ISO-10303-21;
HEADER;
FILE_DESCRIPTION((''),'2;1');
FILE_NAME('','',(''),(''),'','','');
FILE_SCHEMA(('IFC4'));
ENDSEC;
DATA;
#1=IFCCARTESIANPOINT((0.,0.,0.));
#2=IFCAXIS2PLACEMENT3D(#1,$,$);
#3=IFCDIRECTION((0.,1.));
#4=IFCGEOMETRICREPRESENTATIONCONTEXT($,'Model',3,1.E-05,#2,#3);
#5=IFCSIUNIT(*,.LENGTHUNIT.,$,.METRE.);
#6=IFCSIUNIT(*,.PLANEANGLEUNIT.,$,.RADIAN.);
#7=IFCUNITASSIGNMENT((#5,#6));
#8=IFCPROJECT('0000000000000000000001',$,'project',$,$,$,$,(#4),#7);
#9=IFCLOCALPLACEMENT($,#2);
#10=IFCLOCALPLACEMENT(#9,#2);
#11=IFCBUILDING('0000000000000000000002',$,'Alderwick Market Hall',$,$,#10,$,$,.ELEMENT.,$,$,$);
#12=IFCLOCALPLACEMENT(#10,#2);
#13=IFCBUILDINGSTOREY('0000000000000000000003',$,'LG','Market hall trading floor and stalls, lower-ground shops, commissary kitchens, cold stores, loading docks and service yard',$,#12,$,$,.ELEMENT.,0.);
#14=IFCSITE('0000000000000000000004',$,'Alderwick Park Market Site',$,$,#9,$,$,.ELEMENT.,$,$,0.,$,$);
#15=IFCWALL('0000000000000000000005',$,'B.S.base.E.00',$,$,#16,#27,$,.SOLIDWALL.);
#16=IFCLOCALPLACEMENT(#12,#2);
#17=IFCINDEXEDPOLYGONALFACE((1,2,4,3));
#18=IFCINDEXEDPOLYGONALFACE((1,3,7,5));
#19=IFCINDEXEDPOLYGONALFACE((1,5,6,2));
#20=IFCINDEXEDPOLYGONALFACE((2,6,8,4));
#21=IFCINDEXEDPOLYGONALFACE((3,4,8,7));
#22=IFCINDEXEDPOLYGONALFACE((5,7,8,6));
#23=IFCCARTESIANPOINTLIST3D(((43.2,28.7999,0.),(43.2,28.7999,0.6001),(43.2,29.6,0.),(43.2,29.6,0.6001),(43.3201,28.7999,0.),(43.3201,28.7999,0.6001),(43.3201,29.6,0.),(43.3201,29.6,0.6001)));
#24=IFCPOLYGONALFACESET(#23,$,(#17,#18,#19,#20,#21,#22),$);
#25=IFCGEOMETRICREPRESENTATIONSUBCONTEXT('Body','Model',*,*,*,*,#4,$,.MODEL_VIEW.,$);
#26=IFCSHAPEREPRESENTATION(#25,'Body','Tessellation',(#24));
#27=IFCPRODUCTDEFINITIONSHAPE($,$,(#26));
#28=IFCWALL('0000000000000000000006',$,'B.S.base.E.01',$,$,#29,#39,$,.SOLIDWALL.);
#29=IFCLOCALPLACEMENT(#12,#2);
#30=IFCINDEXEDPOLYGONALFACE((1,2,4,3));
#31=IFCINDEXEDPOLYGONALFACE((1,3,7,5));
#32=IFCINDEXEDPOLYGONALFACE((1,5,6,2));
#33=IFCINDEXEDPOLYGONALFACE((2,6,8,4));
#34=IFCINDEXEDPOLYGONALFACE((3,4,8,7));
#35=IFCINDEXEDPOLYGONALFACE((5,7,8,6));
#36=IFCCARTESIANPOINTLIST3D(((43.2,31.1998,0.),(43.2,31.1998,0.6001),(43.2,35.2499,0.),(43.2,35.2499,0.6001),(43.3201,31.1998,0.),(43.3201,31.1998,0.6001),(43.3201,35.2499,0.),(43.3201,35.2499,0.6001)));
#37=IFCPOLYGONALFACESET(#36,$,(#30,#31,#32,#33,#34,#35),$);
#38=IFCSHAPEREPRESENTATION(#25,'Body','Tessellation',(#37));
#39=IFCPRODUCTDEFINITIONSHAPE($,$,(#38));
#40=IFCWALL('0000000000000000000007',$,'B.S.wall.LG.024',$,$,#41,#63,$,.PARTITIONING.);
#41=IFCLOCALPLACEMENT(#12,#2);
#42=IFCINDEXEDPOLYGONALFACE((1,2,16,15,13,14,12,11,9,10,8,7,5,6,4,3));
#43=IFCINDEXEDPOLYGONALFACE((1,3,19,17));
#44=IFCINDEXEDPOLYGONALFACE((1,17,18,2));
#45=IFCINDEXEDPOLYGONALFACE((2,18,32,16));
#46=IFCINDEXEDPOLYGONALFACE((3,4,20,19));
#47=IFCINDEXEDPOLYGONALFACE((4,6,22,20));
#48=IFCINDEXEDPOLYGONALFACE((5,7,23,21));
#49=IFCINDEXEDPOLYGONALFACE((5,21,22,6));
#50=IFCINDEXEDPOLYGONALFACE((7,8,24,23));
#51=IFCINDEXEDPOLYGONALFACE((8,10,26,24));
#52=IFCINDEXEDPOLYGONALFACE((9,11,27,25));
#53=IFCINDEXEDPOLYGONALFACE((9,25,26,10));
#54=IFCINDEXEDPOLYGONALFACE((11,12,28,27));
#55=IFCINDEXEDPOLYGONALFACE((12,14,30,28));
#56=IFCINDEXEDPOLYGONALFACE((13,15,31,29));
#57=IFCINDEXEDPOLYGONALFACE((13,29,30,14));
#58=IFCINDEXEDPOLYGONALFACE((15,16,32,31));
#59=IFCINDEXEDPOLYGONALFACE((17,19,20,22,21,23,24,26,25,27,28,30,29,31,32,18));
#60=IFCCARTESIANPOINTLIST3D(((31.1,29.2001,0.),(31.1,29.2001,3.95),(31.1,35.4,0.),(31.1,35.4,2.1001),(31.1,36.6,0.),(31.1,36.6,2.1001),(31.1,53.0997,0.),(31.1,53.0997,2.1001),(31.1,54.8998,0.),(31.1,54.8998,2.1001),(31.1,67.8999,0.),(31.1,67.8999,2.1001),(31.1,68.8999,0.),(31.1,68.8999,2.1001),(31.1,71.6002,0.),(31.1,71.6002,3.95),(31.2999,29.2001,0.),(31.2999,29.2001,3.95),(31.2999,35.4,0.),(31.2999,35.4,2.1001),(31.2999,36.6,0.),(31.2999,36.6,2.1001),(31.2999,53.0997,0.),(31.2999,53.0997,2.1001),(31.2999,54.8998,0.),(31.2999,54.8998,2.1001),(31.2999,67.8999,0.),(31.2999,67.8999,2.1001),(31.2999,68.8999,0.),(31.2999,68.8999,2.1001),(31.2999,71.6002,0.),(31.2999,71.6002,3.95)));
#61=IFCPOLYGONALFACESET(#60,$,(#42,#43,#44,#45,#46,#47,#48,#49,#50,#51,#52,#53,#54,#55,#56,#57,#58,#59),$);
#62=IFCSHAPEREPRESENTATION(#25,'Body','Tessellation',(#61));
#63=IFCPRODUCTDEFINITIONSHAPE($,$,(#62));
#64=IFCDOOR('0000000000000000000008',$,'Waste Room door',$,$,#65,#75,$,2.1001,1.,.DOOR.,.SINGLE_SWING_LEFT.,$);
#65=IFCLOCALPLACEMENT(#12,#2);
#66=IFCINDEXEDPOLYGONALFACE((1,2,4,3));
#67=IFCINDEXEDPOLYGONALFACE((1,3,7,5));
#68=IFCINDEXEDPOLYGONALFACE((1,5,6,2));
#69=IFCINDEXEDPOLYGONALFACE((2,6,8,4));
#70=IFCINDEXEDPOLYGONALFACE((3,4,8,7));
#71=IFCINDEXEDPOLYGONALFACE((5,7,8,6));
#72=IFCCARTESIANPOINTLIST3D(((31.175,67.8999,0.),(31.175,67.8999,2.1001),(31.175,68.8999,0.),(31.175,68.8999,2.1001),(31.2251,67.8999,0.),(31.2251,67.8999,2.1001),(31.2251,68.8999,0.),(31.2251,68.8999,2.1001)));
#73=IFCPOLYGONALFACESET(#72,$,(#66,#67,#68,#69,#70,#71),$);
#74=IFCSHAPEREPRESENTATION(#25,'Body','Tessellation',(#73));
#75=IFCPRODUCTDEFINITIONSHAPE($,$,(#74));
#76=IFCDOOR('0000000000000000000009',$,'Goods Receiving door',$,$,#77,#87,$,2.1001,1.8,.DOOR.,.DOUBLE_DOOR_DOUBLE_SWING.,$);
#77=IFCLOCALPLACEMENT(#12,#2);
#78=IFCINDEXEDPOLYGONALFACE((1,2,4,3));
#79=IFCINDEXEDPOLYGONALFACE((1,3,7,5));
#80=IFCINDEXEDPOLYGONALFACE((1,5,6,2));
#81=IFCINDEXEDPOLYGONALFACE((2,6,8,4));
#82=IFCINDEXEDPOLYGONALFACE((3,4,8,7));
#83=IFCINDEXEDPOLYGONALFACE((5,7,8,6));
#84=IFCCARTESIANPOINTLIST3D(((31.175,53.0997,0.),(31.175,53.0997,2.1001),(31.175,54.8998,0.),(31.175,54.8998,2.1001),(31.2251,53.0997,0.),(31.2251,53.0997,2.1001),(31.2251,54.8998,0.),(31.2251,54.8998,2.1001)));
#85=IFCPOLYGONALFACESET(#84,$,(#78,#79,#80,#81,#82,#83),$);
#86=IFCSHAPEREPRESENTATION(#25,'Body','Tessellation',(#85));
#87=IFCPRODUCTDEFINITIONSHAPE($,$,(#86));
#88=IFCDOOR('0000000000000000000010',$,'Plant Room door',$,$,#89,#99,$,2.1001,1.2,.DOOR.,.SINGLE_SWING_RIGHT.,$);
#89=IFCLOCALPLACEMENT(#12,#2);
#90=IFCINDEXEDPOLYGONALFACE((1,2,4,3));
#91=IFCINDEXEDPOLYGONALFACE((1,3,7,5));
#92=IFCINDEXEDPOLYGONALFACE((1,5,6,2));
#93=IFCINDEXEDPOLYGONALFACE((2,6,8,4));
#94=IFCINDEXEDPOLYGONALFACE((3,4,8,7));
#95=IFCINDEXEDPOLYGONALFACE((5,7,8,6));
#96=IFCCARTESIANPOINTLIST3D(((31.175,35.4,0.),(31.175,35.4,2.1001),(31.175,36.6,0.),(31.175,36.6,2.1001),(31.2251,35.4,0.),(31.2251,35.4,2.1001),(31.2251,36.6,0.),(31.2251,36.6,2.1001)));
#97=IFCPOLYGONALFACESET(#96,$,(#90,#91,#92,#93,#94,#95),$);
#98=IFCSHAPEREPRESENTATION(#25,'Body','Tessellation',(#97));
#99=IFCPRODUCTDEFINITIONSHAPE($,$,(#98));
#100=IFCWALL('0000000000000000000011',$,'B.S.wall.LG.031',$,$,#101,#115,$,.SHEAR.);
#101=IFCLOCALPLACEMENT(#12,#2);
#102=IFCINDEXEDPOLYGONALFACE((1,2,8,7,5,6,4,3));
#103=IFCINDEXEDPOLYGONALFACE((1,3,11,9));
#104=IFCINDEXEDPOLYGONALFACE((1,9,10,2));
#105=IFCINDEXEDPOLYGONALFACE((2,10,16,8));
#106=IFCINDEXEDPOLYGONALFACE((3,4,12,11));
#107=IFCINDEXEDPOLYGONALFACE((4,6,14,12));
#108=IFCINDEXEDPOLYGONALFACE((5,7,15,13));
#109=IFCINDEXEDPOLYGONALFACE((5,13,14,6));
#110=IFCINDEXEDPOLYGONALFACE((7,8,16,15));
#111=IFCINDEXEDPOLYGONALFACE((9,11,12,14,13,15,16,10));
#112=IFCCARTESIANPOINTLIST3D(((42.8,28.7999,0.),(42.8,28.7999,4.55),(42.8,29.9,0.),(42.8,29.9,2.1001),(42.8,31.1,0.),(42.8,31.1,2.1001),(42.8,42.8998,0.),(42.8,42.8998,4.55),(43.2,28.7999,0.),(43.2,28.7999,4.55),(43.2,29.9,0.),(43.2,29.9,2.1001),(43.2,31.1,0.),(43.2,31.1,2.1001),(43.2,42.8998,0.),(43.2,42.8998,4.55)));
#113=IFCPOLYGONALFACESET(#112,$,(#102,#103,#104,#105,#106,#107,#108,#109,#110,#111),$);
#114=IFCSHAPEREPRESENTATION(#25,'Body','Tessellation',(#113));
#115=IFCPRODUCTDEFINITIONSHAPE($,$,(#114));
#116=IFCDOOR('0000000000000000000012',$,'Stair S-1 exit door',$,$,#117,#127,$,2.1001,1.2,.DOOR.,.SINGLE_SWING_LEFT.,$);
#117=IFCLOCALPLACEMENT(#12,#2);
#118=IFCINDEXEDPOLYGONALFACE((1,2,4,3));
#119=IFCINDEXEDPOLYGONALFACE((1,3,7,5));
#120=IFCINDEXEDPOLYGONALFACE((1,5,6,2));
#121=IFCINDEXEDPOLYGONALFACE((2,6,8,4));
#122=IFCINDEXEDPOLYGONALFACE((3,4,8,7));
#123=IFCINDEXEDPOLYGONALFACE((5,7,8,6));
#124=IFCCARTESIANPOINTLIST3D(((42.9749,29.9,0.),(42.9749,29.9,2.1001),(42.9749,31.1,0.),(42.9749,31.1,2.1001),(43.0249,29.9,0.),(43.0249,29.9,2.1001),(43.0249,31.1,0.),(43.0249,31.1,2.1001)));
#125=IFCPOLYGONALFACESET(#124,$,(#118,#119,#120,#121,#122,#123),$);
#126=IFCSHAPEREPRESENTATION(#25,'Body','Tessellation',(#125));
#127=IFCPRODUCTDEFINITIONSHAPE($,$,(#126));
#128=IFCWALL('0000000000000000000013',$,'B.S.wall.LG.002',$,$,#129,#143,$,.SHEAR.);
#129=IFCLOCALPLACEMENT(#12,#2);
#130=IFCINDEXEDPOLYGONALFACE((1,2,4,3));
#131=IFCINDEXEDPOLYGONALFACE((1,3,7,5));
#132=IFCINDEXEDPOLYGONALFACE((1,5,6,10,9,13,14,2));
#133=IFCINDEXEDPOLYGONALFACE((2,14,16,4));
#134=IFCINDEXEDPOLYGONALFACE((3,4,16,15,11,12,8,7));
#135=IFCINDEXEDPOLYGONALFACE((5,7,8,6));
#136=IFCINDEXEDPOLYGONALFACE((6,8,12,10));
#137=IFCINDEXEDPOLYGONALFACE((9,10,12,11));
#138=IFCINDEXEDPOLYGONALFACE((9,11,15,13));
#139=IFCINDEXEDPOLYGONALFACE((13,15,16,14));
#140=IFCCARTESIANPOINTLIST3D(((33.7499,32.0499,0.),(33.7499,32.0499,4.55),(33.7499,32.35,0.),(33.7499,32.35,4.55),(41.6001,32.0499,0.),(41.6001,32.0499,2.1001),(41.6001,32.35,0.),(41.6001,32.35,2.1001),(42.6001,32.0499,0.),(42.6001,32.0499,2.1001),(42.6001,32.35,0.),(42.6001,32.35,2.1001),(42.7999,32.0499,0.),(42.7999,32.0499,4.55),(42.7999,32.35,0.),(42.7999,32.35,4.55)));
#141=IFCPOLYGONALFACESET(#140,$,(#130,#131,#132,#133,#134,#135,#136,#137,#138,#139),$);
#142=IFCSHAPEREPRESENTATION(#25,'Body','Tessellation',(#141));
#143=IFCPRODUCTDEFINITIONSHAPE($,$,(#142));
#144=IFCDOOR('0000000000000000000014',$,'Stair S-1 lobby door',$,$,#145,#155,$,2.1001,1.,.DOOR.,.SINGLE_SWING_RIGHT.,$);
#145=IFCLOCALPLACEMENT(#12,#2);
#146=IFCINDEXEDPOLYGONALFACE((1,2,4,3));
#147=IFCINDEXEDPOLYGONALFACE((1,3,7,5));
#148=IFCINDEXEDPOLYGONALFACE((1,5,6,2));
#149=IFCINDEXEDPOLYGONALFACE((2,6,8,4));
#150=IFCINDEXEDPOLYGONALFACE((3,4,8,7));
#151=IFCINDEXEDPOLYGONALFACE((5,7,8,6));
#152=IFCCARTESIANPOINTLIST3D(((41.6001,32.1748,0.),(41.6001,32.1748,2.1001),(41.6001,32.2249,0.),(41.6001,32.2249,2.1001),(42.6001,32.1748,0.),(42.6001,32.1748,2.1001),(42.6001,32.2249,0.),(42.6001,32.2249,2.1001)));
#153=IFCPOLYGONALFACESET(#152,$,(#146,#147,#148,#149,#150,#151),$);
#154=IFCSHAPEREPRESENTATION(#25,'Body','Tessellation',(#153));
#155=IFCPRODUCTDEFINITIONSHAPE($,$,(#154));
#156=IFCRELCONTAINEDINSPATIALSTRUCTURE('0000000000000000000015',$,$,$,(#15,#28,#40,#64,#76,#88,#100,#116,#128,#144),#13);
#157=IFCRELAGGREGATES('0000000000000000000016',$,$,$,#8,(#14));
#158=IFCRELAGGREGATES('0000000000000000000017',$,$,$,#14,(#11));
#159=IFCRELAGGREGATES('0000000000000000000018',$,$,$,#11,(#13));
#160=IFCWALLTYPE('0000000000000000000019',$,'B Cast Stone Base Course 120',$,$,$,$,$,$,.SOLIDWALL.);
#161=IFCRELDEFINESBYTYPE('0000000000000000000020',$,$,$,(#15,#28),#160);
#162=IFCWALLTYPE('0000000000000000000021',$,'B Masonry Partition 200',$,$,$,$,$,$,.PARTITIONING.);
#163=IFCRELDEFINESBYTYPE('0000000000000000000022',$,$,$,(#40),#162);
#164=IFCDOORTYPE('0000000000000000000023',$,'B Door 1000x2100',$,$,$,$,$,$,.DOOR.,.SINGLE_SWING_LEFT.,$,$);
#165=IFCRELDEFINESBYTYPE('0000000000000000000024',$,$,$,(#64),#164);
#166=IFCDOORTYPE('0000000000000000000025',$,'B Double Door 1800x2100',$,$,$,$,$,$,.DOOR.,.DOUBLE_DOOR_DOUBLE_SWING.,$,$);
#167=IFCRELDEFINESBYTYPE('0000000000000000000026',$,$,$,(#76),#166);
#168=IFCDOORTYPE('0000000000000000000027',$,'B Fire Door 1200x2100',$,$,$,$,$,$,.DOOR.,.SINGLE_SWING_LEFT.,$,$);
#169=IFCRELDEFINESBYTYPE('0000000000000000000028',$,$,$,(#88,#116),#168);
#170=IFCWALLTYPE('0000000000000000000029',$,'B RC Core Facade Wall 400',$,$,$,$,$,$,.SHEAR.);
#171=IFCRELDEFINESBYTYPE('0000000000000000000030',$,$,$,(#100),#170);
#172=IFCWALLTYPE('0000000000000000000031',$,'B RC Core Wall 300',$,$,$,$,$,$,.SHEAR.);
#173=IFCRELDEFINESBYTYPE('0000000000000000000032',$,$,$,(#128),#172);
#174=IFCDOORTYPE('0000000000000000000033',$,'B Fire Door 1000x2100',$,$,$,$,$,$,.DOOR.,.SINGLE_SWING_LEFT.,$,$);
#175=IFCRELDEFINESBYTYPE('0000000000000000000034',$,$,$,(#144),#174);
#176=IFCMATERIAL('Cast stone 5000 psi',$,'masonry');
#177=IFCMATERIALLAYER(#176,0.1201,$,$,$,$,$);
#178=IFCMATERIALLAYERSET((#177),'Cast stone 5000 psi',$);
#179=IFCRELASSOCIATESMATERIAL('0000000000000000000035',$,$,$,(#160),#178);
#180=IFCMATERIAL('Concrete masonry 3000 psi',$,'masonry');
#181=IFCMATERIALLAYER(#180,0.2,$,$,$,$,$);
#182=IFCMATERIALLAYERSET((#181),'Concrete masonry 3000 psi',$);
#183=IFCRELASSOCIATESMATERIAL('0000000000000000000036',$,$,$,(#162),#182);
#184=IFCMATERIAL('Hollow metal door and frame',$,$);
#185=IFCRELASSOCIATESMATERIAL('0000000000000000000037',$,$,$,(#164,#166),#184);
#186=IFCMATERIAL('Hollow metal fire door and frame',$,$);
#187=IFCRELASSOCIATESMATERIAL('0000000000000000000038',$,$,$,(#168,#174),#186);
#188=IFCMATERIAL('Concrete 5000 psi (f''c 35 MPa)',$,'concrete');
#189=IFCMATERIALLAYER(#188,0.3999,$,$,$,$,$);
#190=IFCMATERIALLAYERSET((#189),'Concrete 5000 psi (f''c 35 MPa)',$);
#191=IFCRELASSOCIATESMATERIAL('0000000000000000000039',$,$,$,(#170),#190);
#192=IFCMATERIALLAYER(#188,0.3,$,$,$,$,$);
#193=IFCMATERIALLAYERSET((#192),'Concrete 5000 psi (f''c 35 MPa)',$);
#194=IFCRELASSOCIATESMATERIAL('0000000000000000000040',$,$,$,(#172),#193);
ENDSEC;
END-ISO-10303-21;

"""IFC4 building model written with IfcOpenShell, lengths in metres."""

from ifc_helpers import new_model, si_unit, direction, frame, frame_2d, origin, place, context, subcontext, project, spatial, rectangle, extrude, material, layer, layer_set, type_object, element, fill, save


model = new_model("IFC4")

# Units and contexts
model_context = context("Model", 3, precision=1e-05, world=origin(), true_north=direction((0.0, 1.0)))
body_context = subcontext(model_context, "Body", "Model", "MODEL_VIEW")
ifc_project = project(units=[si_unit("LENGTHUNIT", "METRE"), si_unit("PLANEANGLEUNIT", "RADIAN")], contexts=[model_context])

# Site, building, storey
site_placement = place(None, origin())
site = spatial("IfcSite", under=ifc_project, at=site_placement, Name="Alderwick Park Market Site", CompositionType="ELEMENT", RefElevation=0.0)
building_placement = place(site_placement, origin())
building = spatial("IfcBuilding", under=site, at=building_placement, Name="Alderwick Market Hall", CompositionType="ELEMENT")
storey_placement = place(building_placement, origin())
storey = spatial("IfcBuildingStorey", under=building, at=storey_placement, Name="LG", Description="Market hall trading floor and stalls, lower-ground shops, commissary kitchens, cold stores, loading docks and service yard", CompositionType="ELEMENT", Elevation=0.0)

# Shared definitions
ifc_material_1 = material(Name="Concrete 5000 psi (f'c 35 MPa)", Category="concrete")

# Walls
ifc_material_2 = material(Name="Cast stone 5000 psi", Category="masonry")
ifc_layer_1 = layer(ifc_material_2, 0.1201)
ifc_layer_set_1 = layer_set([ifc_layer_1], Name="Cast stone 5000 psi")
wall_type_1 = type_object("IfcWallType", Name="B Cast Stone Base Course 120", PredefinedType="SOLIDWALL", material=ifc_layer_set_1)
wall_1_placement = place(storey_placement, frame((43.26, 28.8, 0.0), z_axis=(0.0, 0.0, 1.0), x_axis=(0.0, 1.0, 0.0)))
element("IfcWall", 1, at=wall_1_placement, inside=storey, type_object=wall_type_1, Name="B.S.base.E.00", PredefinedType="SOLIDWALL", context=body_context, shape_type="SweptSolid", body=[
    extrude(rectangle(XDim=0.8, YDim=0.1201, at=frame_2d((0.3999, 0.0))), origin(), (0.0, 0.0, 1.0), 0.6001),
])
wall_2_placement = place(storey_placement, frame((43.26, 31.2, 0.0), z_axis=(0.0, 0.0, 1.0), x_axis=(0.0, 1.0, 0.0)))
element("IfcWall", 2, at=wall_2_placement, inside=storey, type_object=wall_type_1, Name="B.S.base.E.01", PredefinedType="SOLIDWALL", context=body_context, shape_type="SweptSolid", body=[
    extrude(rectangle(XDim=4.05, YDim=0.1201, at=frame_2d((2.0249, 0.0))), origin(), (0.0, 0.0, 1.0), 0.6001),
])

# Wall, openings, doors
ifc_material_3 = material(Name="Concrete masonry 3000 psi", Category="masonry")
ifc_layer_2 = layer(ifc_material_3, 0.2)
ifc_layer_set_2 = layer_set([ifc_layer_2], Name="Concrete masonry 3000 psi")
wall_type_2 = type_object("IfcWallType", Name="B Masonry Partition 200", PredefinedType="PARTITIONING", material=ifc_layer_set_2)
wall_3_placement = place(storey_placement, frame((31.2, 29.2, 0.0), z_axis=(0.0, 0.0, 1.0), x_axis=(0.0, 1.0, 0.0)))
wall_3 = element("IfcWall", 3, at=wall_3_placement, inside=storey, type_object=wall_type_2, Name="B.S.wall.LG.024", PredefinedType="PARTITIONING", context=body_context, shape_type="SweptSolid", body=[
    extrude(rectangle(XDim=42.4001, YDim=0.2, at=frame_2d((21.2002, 0.0))), origin(), (0.0, 0.0, 1.0), 3.95),
])
opening_1_placement = place(wall_3_placement, frame((6.2, 0.0, 0.0)))
opening_1 = element("IfcOpeningElement", 4, at=opening_1_placement, cuts=wall_3, PredefinedType="OPENING", context=body_context, shape_type="SweptSolid", body=[
    extrude(rectangle(XDim=1.2, YDim=2.1001, at=frame_2d((0.6001, 1.05))), frame((0.0, 0.1099, 0.0), z_axis=(0.0, -1.0, 0.0), x_axis=(1.0, 0.0, 0.0)), (0.0, 0.0, 1.0), 0.22),
])
opening_2_placement = place(wall_3_placement, frame((23.8999, 0.0, 0.0)))
opening_2 = element("IfcOpeningElement", 5, at=opening_2_placement, cuts=wall_3, PredefinedType="OPENING", context=body_context, shape_type="SweptSolid", body=[
    extrude(rectangle(XDim=1.8, YDim=2.1001, at=frame_2d((0.8999, 1.05))), frame((0.0, 0.1099, 0.0), z_axis=(0.0, -1.0, 0.0), x_axis=(1.0, 0.0, 0.0)), (0.0, 0.0, 1.0), 0.22),
])
opening_3_placement = place(wall_3_placement, frame((38.7, 0.0, 0.0)))
opening_3 = element("IfcOpeningElement", 6, at=opening_3_placement, cuts=wall_3, PredefinedType="OPENING", context=body_context, shape_type="SweptSolid", body=[
    extrude(rectangle(XDim=1.0, YDim=2.1001, at=frame_2d((0.5, 1.05))), frame((0.0, 0.1099, 0.0), z_axis=(0.0, -1.0, 0.0), x_axis=(1.0, 0.0, 0.0)), (0.0, 0.0, 1.0), 0.22),
])
ifc_material_4 = material(Name="Hollow metal door and frame")
door_type_1 = type_object("IfcDoorType", Name="B Door 1000x2100", OperationType="SINGLE_SWING_LEFT", PredefinedType="DOOR", material=ifc_material_4)
door_1_placement = place(opening_3_placement, origin())
door_1 = element("IfcDoor", 7, at=door_1_placement, inside=storey, type_object=door_type_1, Name="Waste Room door", OperationType="SINGLE_SWING_LEFT", OverallHeight=2.1001, OverallWidth=1.0, PredefinedType="DOOR", context=body_context, shape_type="SweptSolid", body=[
    extrude(rectangle(XDim=1.0, YDim=2.1001, at=frame_2d((0.5, 1.05))), frame((0.0, 0.0249, 0.0), z_axis=(0.0, -1.0, 0.0), x_axis=(1.0, 0.0, 0.0)), (0.0, 0.0, 1.0), 0.05),
])
fill(opening_3, door_1)
door_type_2 = type_object("IfcDoorType", Name="B Double Door 1800x2100", OperationType="DOUBLE_DOOR_DOUBLE_SWING", PredefinedType="DOOR", material=ifc_material_4)
door_2_placement = place(opening_2_placement, origin())
door_2 = element("IfcDoor", 8, at=door_2_placement, inside=storey, type_object=door_type_2, Name="Goods Receiving door", OperationType="DOUBLE_DOOR_DOUBLE_SWING", OverallHeight=2.1001, OverallWidth=1.8, PredefinedType="DOOR", context=body_context, shape_type="SweptSolid", body=[
    extrude(rectangle(XDim=1.8, YDim=2.1001, at=frame_2d((0.8999, 1.05))), frame((0.0, 0.0249, 0.0), z_axis=(0.0, -1.0, 0.0), x_axis=(1.0, 0.0, 0.0)), (0.0, 0.0, 1.0), 0.05),
])
fill(opening_2, door_2)
ifc_material_5 = material(Name="Hollow metal fire door and frame")
door_type_3 = type_object("IfcDoorType", Name="B Fire Door 1200x2100", OperationType="SINGLE_SWING_LEFT", PredefinedType="DOOR", material=ifc_material_5)
door_3_placement = place(opening_1_placement, origin())
door_3 = element("IfcDoor", 9, at=door_3_placement, inside=storey, type_object=door_type_3, Name="Plant Room door", OperationType="SINGLE_SWING_RIGHT", OverallHeight=2.1001, OverallWidth=1.2, PredefinedType="DOOR", context=body_context, shape_type="SweptSolid", body=[
    extrude(rectangle(XDim=1.2, YDim=2.1001, at=frame_2d((0.6001, 1.05))), frame((0.0, 0.0249, 0.0), z_axis=(0.0, -1.0, 0.0), x_axis=(1.0, 0.0, 0.0)), (0.0, 0.0, 1.0), 0.05),
])
fill(opening_1, door_3)

# Walls, openings, doors
ifc_layer_3 = layer(ifc_material_1, 0.3999)
ifc_layer_set_3 = layer_set([ifc_layer_3], Name="Concrete 5000 psi (f'c 35 MPa)")
wall_type_3 = type_object("IfcWallType", Name="B RC Core Facade Wall 400", PredefinedType="SHEAR", material=ifc_layer_set_3)
wall_4_placement = place(storey_placement, frame((43.0, 28.8, 0.0), z_axis=(0.0, 0.0, 1.0), x_axis=(0.0, 1.0, 0.0)))
wall_4 = element("IfcWall", 10, at=wall_4_placement, inside=storey, type_object=wall_type_3, Name="B.S.wall.LG.031", PredefinedType="SHEAR", context=body_context, shape_type="SweptSolid", body=[
    extrude(rectangle(XDim=14.0999, YDim=0.3999, at=frame_2d((7.0498, 0.0))), origin(), (0.0, 0.0, 1.0), 4.55),
])
opening_4_placement = place(wall_4_placement, frame((2.3, 0.0, 0.0), z_axis=(0.0, 0.0, 1.0), x_axis=(-1.0, 0.0, 0.0)))
opening_4 = element("IfcOpeningElement", 11, at=opening_4_placement, cuts=wall_4, PredefinedType="OPENING", context=body_context, shape_type="SweptSolid", body=[
    extrude(rectangle(XDim=1.2, YDim=2.1001, at=frame_2d((0.6001, 1.05))), frame((0.0, 0.21, 0.0), z_axis=(0.0, -1.0, 0.0), x_axis=(1.0, 0.0, 0.0)), (0.0, 0.0, 1.0), 0.4199),
])
door_4_placement = place(opening_4_placement, origin())
door_4 = element("IfcDoor", 12, at=door_4_placement, inside=storey, type_object=door_type_3, Name="Stair S-1 exit door", OperationType="SINGLE_SWING_LEFT", OverallHeight=2.1001, OverallWidth=1.2, PredefinedType="DOOR", context=body_context, shape_type="SweptSolid", body=[
    extrude(rectangle(XDim=1.2, YDim=2.1001, at=frame_2d((0.6001, 1.05))), frame((0.0, 0.0249, 0.0), z_axis=(0.0, -1.0, 0.0), x_axis=(1.0, 0.0, 0.0)), (0.0, 0.0, 1.0), 0.05),
])
fill(opening_4, door_4)
ifc_layer_4 = layer(ifc_material_1, 0.3)
ifc_layer_set_4 = layer_set([ifc_layer_4], Name="Concrete 5000 psi (f'c 35 MPa)")
wall_type_4 = type_object("IfcWallType", Name="B RC Core Wall 300", PredefinedType="SHEAR", material=ifc_layer_set_4)
wall_5_placement = place(storey_placement, frame((33.75, 32.2, 0.0), z_axis=(0.0, 0.0, 1.0), x_axis=(1.0, 0.0, 0.0)))
wall_5 = element("IfcWall", 13, at=wall_5_placement, inside=storey, type_object=wall_type_4, Name="B.S.wall.LG.002", PredefinedType="SHEAR", context=body_context, shape_type="SweptSolid", body=[
    extrude(rectangle(XDim=9.05, YDim=0.3, at=frame_2d((4.5249, 0.0))), origin(), (0.0, 0.0, 1.0), 4.55),
])
opening_5_placement = place(wall_5_placement, frame((7.8501, 0.0, 0.0)))
opening_5 = element("IfcOpeningElement", 14, at=opening_5_placement, cuts=wall_5, PredefinedType="OPENING", context=body_context, shape_type="SweptSolid", body=[
    extrude(rectangle(XDim=1.0, YDim=2.1001, at=frame_2d((0.5, 1.05))), frame((0.0, 0.1599, 0.0), z_axis=(0.0, -1.0, 0.0), x_axis=(1.0, 0.0, 0.0)), (0.0, 0.0, 1.0), 0.3201),
])
door_type_4 = type_object("IfcDoorType", Name="B Fire Door 1000x2100", OperationType="SINGLE_SWING_LEFT", PredefinedType="DOOR", material=ifc_material_5)
door_5_placement = place(opening_5_placement, origin())
door_5 = element("IfcDoor", 15, at=door_5_placement, inside=storey, type_object=door_type_4, Name="Stair S-1 lobby door", OperationType="SINGLE_SWING_RIGHT", OverallHeight=2.1001, OverallWidth=1.0, PredefinedType="DOOR", context=body_context, shape_type="SweptSolid", body=[
    extrude(rectangle(XDim=1.0, YDim=2.1001, at=frame_2d((0.5, 1.05))), frame((0.0, 0.0249, 0.0), z_axis=(0.0, -1.0, 0.0), x_axis=(1.0, 0.0, 0.0)), (0.0, 0.0, 1.0), 0.05),
])
fill(opening_5, door_5)

save(model, "model.ifc")
